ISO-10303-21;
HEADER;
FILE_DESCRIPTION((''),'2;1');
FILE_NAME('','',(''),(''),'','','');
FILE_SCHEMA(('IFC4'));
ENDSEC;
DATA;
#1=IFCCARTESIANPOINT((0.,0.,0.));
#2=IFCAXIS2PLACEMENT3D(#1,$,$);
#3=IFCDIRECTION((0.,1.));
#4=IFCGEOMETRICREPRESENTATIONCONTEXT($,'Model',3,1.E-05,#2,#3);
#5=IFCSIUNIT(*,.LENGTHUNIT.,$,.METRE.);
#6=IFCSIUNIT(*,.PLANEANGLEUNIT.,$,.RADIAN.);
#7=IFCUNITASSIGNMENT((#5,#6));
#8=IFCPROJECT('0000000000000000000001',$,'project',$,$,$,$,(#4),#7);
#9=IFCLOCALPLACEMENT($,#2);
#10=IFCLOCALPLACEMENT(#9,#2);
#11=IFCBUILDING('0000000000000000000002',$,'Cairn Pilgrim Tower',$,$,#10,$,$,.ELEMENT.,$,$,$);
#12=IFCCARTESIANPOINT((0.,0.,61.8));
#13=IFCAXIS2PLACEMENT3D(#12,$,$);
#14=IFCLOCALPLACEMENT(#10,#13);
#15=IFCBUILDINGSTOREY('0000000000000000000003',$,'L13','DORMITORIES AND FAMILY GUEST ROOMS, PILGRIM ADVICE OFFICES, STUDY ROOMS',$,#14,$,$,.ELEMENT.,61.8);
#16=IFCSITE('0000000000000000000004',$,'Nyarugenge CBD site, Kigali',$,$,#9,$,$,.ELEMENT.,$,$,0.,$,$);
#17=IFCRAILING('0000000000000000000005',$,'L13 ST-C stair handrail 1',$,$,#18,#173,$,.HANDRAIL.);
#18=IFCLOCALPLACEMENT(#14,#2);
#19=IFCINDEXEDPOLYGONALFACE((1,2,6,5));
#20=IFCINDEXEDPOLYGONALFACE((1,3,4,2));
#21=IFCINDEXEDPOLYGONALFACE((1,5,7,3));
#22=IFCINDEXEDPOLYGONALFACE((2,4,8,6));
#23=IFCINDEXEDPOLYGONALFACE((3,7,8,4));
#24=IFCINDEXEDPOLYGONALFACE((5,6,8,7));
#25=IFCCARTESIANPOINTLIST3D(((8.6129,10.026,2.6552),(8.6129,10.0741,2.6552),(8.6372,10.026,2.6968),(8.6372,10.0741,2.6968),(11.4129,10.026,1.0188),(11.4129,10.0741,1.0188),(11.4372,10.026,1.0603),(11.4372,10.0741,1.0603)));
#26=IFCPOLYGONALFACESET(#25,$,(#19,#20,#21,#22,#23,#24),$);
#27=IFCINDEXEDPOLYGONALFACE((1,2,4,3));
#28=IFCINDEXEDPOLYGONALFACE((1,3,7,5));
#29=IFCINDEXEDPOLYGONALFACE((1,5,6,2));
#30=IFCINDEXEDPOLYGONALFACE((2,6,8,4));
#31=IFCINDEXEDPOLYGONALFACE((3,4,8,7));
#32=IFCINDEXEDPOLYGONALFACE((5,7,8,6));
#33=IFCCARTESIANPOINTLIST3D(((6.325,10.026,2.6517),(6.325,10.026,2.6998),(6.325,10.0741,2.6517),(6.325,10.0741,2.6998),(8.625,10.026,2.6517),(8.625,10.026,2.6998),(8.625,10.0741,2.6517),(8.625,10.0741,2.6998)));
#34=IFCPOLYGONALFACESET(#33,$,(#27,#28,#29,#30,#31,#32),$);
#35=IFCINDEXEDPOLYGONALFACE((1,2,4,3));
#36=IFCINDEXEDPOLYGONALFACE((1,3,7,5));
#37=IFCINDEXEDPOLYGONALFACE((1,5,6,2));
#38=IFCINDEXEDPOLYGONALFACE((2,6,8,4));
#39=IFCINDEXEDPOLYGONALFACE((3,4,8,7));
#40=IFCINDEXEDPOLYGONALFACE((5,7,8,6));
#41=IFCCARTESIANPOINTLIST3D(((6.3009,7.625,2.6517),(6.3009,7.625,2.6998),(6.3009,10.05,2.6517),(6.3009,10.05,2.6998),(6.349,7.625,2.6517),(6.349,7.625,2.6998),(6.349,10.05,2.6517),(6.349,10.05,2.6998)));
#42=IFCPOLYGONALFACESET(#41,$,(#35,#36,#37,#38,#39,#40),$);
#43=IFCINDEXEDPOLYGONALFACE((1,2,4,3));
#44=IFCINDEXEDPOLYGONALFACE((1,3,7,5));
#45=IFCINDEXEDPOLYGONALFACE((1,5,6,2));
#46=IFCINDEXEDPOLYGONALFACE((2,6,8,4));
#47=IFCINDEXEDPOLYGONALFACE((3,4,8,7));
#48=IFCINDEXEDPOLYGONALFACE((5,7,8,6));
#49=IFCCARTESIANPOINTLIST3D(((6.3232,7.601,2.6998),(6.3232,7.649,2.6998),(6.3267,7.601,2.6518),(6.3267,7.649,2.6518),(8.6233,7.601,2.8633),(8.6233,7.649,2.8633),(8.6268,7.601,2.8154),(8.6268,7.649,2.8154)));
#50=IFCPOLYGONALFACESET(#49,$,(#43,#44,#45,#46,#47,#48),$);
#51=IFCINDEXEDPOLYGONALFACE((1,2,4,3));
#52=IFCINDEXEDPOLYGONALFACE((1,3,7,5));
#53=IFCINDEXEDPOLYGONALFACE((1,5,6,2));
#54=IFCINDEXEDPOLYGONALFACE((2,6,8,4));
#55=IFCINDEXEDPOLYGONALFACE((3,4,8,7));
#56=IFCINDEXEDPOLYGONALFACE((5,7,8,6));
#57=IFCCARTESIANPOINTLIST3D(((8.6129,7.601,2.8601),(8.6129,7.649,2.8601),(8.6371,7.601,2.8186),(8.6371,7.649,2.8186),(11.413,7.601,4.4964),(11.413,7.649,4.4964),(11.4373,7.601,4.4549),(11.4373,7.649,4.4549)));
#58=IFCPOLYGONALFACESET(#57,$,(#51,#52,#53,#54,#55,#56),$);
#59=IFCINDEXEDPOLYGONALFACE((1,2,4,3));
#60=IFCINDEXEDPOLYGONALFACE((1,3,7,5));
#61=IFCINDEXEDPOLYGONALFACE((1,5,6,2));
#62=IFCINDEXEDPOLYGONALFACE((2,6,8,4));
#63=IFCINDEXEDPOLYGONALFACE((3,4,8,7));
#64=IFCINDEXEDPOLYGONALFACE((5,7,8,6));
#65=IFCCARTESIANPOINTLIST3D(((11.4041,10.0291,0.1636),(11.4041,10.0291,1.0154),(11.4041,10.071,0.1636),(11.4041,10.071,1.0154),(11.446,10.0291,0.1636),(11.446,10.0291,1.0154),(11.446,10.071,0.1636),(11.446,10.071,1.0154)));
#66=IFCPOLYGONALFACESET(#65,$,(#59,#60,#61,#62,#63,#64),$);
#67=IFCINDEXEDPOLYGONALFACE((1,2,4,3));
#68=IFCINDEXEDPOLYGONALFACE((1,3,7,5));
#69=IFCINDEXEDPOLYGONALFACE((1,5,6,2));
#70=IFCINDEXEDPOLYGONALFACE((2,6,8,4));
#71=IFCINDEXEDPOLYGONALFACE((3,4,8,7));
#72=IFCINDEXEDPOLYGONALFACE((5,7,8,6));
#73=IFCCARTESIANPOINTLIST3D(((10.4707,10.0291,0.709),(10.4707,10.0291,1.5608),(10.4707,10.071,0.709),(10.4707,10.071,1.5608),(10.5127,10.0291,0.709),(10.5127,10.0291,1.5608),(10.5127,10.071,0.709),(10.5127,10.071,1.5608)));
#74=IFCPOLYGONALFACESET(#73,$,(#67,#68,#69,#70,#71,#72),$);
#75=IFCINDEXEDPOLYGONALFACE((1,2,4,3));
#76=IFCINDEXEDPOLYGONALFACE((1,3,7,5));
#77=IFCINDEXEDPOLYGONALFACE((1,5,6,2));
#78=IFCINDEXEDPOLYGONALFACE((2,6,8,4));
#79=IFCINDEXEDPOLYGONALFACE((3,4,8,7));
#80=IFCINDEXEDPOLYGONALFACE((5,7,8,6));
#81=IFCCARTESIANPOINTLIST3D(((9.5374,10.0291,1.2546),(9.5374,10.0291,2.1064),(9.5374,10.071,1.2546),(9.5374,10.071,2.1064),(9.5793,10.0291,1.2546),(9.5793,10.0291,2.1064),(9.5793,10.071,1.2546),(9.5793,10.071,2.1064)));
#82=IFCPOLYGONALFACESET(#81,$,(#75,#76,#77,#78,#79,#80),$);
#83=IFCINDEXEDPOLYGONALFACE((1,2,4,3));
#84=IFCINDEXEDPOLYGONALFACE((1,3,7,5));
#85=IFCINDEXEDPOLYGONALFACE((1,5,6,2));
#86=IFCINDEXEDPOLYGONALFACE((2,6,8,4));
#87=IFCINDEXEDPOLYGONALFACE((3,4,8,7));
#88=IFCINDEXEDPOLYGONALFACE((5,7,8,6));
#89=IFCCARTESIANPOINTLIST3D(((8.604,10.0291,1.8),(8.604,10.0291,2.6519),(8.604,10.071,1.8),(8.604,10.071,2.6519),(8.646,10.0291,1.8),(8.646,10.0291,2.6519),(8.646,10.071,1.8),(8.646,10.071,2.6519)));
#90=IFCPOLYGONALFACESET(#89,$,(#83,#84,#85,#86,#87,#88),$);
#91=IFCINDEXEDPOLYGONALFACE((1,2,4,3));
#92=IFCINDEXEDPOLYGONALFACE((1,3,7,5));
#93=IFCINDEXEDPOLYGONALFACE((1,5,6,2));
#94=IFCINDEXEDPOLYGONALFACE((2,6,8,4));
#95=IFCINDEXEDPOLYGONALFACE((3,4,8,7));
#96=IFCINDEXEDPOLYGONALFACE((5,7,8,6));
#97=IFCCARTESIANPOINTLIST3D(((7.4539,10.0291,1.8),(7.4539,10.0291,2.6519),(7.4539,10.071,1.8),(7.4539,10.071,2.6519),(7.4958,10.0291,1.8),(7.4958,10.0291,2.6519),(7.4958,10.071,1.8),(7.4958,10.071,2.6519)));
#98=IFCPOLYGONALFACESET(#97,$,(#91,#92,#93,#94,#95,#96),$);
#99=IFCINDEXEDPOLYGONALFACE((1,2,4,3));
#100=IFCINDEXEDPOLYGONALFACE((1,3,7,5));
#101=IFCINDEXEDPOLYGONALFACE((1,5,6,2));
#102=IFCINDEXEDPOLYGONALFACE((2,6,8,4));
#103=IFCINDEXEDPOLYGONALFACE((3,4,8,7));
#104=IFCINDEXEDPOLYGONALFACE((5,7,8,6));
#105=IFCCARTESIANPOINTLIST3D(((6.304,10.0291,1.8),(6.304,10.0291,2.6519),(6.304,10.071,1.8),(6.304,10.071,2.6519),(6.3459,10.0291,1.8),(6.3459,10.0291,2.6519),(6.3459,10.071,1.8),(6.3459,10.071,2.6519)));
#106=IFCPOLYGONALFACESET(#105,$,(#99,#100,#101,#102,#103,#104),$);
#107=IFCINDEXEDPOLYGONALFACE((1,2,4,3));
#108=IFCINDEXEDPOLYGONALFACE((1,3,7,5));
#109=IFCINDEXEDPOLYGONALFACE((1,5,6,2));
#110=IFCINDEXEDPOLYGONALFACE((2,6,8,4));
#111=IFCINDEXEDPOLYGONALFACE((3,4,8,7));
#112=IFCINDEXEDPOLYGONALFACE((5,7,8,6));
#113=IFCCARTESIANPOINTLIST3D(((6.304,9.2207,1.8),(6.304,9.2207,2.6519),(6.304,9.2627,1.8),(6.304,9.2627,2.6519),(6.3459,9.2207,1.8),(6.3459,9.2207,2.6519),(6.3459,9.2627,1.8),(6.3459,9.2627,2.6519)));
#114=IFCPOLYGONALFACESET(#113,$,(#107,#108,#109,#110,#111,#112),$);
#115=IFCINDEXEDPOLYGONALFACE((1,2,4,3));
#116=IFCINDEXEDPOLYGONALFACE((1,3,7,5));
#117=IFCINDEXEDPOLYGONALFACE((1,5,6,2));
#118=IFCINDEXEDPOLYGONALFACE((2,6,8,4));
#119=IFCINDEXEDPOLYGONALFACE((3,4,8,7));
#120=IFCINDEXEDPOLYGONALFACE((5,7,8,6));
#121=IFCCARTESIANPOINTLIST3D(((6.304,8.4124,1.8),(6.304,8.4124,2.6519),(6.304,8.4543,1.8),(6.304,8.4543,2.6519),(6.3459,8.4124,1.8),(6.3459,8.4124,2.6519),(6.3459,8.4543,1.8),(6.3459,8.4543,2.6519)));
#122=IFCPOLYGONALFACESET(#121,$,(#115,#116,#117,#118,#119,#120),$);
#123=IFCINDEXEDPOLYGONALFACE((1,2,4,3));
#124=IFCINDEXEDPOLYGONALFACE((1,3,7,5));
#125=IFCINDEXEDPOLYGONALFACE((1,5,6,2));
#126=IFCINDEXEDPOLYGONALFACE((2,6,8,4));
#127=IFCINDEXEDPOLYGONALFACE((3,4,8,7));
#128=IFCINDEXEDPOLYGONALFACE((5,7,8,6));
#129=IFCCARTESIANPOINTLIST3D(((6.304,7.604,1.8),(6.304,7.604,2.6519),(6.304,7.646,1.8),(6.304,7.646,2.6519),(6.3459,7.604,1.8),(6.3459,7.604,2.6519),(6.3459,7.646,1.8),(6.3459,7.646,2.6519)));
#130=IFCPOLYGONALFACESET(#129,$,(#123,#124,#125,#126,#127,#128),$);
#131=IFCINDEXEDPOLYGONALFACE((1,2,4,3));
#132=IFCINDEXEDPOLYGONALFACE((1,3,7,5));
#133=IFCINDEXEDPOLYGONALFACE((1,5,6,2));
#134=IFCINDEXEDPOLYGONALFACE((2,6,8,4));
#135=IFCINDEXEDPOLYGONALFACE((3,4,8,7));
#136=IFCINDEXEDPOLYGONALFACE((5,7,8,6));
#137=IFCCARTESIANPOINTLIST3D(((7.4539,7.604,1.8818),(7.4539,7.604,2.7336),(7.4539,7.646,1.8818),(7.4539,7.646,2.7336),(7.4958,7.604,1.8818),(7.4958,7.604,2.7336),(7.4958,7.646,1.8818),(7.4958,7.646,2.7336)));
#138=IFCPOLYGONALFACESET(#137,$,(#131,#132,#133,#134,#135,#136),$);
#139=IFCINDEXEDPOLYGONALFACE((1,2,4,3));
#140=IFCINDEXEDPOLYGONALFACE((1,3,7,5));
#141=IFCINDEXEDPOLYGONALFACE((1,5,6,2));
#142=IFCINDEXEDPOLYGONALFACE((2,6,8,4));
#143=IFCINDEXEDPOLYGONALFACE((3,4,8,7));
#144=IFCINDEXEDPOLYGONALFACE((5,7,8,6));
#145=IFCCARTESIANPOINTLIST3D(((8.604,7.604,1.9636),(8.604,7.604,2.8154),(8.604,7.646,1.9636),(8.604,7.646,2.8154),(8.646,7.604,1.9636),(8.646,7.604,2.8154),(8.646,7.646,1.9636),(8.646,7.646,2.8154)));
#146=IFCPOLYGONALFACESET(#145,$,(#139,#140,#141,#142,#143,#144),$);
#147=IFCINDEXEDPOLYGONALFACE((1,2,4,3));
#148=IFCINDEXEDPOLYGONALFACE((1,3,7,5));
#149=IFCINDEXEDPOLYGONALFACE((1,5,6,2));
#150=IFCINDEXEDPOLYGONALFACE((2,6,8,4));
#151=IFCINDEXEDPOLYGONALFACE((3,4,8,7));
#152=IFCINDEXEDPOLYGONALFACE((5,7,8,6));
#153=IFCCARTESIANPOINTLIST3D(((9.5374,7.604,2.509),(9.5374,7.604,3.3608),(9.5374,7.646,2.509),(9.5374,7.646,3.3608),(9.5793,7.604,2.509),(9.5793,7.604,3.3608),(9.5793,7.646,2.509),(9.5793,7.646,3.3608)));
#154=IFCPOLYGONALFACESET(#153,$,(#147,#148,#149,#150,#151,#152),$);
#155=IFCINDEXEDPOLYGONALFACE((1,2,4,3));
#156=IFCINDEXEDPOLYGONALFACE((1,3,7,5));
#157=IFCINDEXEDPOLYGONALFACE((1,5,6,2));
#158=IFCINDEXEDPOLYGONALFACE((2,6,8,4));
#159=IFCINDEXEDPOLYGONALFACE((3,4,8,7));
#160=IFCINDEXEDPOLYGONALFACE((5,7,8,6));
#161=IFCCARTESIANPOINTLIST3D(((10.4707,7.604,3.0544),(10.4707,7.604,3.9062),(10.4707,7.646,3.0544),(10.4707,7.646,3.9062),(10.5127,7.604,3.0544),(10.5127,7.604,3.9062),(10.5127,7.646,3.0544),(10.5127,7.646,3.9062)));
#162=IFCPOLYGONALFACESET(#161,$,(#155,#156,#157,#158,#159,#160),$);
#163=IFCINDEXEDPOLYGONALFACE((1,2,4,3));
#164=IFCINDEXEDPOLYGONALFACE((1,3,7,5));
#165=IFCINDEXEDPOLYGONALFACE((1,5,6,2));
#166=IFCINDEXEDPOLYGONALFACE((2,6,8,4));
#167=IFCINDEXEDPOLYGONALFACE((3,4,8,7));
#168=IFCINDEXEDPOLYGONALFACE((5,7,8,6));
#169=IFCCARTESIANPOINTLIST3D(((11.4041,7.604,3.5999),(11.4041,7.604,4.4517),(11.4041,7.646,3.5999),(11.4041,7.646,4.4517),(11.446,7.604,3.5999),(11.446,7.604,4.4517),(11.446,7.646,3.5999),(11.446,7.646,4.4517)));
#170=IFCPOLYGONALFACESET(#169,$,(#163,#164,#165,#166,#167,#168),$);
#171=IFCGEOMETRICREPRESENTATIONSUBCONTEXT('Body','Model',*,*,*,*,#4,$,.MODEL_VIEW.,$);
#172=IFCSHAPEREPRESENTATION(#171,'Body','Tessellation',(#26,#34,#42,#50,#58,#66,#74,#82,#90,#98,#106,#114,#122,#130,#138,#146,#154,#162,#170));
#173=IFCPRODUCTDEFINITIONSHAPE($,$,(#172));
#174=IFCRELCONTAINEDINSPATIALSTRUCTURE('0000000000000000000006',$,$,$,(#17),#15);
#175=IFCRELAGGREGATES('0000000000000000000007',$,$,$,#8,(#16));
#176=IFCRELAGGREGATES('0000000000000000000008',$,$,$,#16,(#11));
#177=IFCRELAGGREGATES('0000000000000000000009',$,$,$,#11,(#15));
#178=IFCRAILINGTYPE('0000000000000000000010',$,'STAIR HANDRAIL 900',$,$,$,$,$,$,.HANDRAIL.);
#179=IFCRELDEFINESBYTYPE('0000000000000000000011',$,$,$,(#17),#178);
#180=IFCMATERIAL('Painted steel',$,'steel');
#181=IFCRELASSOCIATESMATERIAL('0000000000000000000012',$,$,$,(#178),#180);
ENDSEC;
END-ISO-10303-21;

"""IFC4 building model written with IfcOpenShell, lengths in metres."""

from ifc_helpers import new_model, si_unit, direction, frame, origin, origin_2d, place, context, subcontext, project, spatial, rectangle, extrude, material, type_object, element, save


model = new_model("IFC4")

# Units and contexts
model_context = context("Model", 3, precision=1e-05, world=origin(), true_north=direction((0.0, 1.0)))
body_context = subcontext(model_context, "Body", "Model", "MODEL_VIEW")
ifc_project = project(units=[si_unit("LENGTHUNIT", "METRE"), si_unit("PLANEANGLEUNIT", "RADIAN")], contexts=[model_context])

# Site, building, storey
site_placement = place(None, origin())
site = spatial("IfcSite", under=ifc_project, at=site_placement, Name="Nyarugenge CBD site, Kigali", CompositionType="ELEMENT", RefElevation=0.0)
building_placement = place(site_placement, origin())
building = spatial("IfcBuilding", under=site, at=building_placement, Name="Cairn Pilgrim Tower", CompositionType="ELEMENT")
storey_placement = place(building_placement, frame((0.0, 0.0, 61.8)))
storey = spatial("IfcBuildingStorey", under=building, at=storey_placement, Name="L13", Description="DORMITORIES AND FAMILY GUEST ROOMS, PILGRIM ADVICE OFFICES, STUDY ROOMS", CompositionType="ELEMENT", Elevation=61.8)

# Shared definitions
ifc_material_1 = material(Name="Painted steel", Category="steel")

# Railing
railing_type_1 = type_object("IfcRailingType", Name="STAIR HANDRAIL 900", PredefinedType="HANDRAIL", material=ifc_material_1)
railing_1_placement = place(storey_placement, frame((11.425, 10.05, 0.1636)))
element("IfcRailing", 1, at=railing_1_placement, inside=storey, type_object=railing_type_1, Name="L13 ST-C stair handrail 1", PredefinedType="HANDRAIL", context=body_context, shape_type="SweptSolid", body=[
    extrude(rectangle(XDim=0.0481, YDim=0.0481, at=origin_2d()), frame((0.0, 0.0, 0.876), z_axis=(-0.863361, 0.0, 0.504587), x_axis=(0.0, -1.0, 0.0)), (0.0, 0.0, 1.0), 3.2432),
    extrude(rectangle(XDim=0.0481, YDim=0.0481, at=origin_2d()), frame((-2.8, 0.0, 2.5122), z_axis=(-1.0, 0.0, 0.0), x_axis=(0.0, -1.0, 0.0)), (0.0, 0.0, 1.0), 2.3),
    extrude(rectangle(XDim=0.0481, YDim=0.0481, at=origin_2d()), frame((-5.1001, 0.0, 2.5122), z_axis=(0.0, -1.0, 0.0), x_axis=(1.0, 0.0, 0.0)), (0.0, 0.0, 1.0), 2.425),
    extrude(rectangle(XDim=0.0481, YDim=0.0481, at=origin_2d()), frame((-5.1001, -2.425, 2.5122), z_axis=(0.997481, 0.0, 0.070939), x_axis=(0.0, 1.0, 0.0)), (0.0, 0.0, 1.0), 2.3059),
    extrude(rectangle(XDim=0.0481, YDim=0.0481, at=origin_2d()), frame((-2.8, -2.425, 2.6758), z_axis=(0.863394, 0.0, 0.504531), x_axis=(0.0, 1.0, 0.0)), (0.0, 0.0, 1.0), 3.2432),
    extrude(rectangle(XDim=0.042, YDim=0.042, at=origin_2d()), origin(), (0.0, 0.0, 1.0), 0.8518),
    extrude(rectangle(XDim=0.042, YDim=0.042, at=origin_2d()), frame((-0.9333, 0.0, 0.5454)), (0.0, 0.0, 1.0), 0.8518),
    extrude(rectangle(XDim=0.042, YDim=0.042, at=origin_2d()), frame((-1.8667, 0.0, 1.0911)), (0.0, 0.0, 1.0), 0.8518),
    extrude(rectangle(XDim=0.042, YDim=0.042, at=origin_2d()), frame((-2.8, 0.0, 1.6365)), (0.0, 0.0, 1.0), 0.8518),
    extrude(rectangle(XDim=0.042, YDim=0.042, at=origin_2d()), frame((-3.9502, 0.0, 1.6365)), (0.0, 0.0, 1.0), 0.8518),
    extrude(rectangle(XDim=0.042, YDim=0.042, at=origin_2d()), frame((-5.1001, 0.0, 1.6365)), (0.0, 0.0, 1.0), 0.8518),
    extrude(rectangle(XDim=0.042, YDim=0.042, at=origin_2d()), frame((-5.1001, -0.8083, 1.6365)), (0.0, 0.0, 1.0), 0.8518),
    extrude(rectangle(XDim=0.042, YDim=0.042, at=origin_2d()), frame((-5.1001, -1.6167, 1.6365)), (0.0, 0.0, 1.0), 0.8518),
    extrude(rectangle(XDim=0.042, YDim=0.042, at=origin_2d()), frame((-5.1001, -2.425, 1.6365)), (0.0, 0.0, 1.0), 0.8518),
    extrude(rectangle(XDim=0.042, YDim=0.042, at=origin_2d()), frame((-3.9502, -2.425, 1.7183)), (0.0, 0.0, 1.0), 0.8518),
    extrude(rectangle(XDim=0.042, YDim=0.042, at=origin_2d()), frame((-2.8, -2.425, 1.8)), (0.0, 0.0, 1.0), 0.8518),
    extrude(rectangle(XDim=0.042, YDim=0.042, at=origin_2d()), frame((-1.8667, -2.425, 2.3455)), (0.0, 0.0, 1.0), 0.8518),
    extrude(rectangle(XDim=0.042, YDim=0.042, at=origin_2d()), frame((-0.9333, -2.425, 2.8909)), (0.0, 0.0, 1.0), 0.8518),
    extrude(rectangle(XDim=0.042, YDim=0.042, at=origin_2d()), frame((0.0, -2.425, 3.4363)), (0.0, 0.0, 1.0), 0.8518),
])

save(model, "model.ifc")
